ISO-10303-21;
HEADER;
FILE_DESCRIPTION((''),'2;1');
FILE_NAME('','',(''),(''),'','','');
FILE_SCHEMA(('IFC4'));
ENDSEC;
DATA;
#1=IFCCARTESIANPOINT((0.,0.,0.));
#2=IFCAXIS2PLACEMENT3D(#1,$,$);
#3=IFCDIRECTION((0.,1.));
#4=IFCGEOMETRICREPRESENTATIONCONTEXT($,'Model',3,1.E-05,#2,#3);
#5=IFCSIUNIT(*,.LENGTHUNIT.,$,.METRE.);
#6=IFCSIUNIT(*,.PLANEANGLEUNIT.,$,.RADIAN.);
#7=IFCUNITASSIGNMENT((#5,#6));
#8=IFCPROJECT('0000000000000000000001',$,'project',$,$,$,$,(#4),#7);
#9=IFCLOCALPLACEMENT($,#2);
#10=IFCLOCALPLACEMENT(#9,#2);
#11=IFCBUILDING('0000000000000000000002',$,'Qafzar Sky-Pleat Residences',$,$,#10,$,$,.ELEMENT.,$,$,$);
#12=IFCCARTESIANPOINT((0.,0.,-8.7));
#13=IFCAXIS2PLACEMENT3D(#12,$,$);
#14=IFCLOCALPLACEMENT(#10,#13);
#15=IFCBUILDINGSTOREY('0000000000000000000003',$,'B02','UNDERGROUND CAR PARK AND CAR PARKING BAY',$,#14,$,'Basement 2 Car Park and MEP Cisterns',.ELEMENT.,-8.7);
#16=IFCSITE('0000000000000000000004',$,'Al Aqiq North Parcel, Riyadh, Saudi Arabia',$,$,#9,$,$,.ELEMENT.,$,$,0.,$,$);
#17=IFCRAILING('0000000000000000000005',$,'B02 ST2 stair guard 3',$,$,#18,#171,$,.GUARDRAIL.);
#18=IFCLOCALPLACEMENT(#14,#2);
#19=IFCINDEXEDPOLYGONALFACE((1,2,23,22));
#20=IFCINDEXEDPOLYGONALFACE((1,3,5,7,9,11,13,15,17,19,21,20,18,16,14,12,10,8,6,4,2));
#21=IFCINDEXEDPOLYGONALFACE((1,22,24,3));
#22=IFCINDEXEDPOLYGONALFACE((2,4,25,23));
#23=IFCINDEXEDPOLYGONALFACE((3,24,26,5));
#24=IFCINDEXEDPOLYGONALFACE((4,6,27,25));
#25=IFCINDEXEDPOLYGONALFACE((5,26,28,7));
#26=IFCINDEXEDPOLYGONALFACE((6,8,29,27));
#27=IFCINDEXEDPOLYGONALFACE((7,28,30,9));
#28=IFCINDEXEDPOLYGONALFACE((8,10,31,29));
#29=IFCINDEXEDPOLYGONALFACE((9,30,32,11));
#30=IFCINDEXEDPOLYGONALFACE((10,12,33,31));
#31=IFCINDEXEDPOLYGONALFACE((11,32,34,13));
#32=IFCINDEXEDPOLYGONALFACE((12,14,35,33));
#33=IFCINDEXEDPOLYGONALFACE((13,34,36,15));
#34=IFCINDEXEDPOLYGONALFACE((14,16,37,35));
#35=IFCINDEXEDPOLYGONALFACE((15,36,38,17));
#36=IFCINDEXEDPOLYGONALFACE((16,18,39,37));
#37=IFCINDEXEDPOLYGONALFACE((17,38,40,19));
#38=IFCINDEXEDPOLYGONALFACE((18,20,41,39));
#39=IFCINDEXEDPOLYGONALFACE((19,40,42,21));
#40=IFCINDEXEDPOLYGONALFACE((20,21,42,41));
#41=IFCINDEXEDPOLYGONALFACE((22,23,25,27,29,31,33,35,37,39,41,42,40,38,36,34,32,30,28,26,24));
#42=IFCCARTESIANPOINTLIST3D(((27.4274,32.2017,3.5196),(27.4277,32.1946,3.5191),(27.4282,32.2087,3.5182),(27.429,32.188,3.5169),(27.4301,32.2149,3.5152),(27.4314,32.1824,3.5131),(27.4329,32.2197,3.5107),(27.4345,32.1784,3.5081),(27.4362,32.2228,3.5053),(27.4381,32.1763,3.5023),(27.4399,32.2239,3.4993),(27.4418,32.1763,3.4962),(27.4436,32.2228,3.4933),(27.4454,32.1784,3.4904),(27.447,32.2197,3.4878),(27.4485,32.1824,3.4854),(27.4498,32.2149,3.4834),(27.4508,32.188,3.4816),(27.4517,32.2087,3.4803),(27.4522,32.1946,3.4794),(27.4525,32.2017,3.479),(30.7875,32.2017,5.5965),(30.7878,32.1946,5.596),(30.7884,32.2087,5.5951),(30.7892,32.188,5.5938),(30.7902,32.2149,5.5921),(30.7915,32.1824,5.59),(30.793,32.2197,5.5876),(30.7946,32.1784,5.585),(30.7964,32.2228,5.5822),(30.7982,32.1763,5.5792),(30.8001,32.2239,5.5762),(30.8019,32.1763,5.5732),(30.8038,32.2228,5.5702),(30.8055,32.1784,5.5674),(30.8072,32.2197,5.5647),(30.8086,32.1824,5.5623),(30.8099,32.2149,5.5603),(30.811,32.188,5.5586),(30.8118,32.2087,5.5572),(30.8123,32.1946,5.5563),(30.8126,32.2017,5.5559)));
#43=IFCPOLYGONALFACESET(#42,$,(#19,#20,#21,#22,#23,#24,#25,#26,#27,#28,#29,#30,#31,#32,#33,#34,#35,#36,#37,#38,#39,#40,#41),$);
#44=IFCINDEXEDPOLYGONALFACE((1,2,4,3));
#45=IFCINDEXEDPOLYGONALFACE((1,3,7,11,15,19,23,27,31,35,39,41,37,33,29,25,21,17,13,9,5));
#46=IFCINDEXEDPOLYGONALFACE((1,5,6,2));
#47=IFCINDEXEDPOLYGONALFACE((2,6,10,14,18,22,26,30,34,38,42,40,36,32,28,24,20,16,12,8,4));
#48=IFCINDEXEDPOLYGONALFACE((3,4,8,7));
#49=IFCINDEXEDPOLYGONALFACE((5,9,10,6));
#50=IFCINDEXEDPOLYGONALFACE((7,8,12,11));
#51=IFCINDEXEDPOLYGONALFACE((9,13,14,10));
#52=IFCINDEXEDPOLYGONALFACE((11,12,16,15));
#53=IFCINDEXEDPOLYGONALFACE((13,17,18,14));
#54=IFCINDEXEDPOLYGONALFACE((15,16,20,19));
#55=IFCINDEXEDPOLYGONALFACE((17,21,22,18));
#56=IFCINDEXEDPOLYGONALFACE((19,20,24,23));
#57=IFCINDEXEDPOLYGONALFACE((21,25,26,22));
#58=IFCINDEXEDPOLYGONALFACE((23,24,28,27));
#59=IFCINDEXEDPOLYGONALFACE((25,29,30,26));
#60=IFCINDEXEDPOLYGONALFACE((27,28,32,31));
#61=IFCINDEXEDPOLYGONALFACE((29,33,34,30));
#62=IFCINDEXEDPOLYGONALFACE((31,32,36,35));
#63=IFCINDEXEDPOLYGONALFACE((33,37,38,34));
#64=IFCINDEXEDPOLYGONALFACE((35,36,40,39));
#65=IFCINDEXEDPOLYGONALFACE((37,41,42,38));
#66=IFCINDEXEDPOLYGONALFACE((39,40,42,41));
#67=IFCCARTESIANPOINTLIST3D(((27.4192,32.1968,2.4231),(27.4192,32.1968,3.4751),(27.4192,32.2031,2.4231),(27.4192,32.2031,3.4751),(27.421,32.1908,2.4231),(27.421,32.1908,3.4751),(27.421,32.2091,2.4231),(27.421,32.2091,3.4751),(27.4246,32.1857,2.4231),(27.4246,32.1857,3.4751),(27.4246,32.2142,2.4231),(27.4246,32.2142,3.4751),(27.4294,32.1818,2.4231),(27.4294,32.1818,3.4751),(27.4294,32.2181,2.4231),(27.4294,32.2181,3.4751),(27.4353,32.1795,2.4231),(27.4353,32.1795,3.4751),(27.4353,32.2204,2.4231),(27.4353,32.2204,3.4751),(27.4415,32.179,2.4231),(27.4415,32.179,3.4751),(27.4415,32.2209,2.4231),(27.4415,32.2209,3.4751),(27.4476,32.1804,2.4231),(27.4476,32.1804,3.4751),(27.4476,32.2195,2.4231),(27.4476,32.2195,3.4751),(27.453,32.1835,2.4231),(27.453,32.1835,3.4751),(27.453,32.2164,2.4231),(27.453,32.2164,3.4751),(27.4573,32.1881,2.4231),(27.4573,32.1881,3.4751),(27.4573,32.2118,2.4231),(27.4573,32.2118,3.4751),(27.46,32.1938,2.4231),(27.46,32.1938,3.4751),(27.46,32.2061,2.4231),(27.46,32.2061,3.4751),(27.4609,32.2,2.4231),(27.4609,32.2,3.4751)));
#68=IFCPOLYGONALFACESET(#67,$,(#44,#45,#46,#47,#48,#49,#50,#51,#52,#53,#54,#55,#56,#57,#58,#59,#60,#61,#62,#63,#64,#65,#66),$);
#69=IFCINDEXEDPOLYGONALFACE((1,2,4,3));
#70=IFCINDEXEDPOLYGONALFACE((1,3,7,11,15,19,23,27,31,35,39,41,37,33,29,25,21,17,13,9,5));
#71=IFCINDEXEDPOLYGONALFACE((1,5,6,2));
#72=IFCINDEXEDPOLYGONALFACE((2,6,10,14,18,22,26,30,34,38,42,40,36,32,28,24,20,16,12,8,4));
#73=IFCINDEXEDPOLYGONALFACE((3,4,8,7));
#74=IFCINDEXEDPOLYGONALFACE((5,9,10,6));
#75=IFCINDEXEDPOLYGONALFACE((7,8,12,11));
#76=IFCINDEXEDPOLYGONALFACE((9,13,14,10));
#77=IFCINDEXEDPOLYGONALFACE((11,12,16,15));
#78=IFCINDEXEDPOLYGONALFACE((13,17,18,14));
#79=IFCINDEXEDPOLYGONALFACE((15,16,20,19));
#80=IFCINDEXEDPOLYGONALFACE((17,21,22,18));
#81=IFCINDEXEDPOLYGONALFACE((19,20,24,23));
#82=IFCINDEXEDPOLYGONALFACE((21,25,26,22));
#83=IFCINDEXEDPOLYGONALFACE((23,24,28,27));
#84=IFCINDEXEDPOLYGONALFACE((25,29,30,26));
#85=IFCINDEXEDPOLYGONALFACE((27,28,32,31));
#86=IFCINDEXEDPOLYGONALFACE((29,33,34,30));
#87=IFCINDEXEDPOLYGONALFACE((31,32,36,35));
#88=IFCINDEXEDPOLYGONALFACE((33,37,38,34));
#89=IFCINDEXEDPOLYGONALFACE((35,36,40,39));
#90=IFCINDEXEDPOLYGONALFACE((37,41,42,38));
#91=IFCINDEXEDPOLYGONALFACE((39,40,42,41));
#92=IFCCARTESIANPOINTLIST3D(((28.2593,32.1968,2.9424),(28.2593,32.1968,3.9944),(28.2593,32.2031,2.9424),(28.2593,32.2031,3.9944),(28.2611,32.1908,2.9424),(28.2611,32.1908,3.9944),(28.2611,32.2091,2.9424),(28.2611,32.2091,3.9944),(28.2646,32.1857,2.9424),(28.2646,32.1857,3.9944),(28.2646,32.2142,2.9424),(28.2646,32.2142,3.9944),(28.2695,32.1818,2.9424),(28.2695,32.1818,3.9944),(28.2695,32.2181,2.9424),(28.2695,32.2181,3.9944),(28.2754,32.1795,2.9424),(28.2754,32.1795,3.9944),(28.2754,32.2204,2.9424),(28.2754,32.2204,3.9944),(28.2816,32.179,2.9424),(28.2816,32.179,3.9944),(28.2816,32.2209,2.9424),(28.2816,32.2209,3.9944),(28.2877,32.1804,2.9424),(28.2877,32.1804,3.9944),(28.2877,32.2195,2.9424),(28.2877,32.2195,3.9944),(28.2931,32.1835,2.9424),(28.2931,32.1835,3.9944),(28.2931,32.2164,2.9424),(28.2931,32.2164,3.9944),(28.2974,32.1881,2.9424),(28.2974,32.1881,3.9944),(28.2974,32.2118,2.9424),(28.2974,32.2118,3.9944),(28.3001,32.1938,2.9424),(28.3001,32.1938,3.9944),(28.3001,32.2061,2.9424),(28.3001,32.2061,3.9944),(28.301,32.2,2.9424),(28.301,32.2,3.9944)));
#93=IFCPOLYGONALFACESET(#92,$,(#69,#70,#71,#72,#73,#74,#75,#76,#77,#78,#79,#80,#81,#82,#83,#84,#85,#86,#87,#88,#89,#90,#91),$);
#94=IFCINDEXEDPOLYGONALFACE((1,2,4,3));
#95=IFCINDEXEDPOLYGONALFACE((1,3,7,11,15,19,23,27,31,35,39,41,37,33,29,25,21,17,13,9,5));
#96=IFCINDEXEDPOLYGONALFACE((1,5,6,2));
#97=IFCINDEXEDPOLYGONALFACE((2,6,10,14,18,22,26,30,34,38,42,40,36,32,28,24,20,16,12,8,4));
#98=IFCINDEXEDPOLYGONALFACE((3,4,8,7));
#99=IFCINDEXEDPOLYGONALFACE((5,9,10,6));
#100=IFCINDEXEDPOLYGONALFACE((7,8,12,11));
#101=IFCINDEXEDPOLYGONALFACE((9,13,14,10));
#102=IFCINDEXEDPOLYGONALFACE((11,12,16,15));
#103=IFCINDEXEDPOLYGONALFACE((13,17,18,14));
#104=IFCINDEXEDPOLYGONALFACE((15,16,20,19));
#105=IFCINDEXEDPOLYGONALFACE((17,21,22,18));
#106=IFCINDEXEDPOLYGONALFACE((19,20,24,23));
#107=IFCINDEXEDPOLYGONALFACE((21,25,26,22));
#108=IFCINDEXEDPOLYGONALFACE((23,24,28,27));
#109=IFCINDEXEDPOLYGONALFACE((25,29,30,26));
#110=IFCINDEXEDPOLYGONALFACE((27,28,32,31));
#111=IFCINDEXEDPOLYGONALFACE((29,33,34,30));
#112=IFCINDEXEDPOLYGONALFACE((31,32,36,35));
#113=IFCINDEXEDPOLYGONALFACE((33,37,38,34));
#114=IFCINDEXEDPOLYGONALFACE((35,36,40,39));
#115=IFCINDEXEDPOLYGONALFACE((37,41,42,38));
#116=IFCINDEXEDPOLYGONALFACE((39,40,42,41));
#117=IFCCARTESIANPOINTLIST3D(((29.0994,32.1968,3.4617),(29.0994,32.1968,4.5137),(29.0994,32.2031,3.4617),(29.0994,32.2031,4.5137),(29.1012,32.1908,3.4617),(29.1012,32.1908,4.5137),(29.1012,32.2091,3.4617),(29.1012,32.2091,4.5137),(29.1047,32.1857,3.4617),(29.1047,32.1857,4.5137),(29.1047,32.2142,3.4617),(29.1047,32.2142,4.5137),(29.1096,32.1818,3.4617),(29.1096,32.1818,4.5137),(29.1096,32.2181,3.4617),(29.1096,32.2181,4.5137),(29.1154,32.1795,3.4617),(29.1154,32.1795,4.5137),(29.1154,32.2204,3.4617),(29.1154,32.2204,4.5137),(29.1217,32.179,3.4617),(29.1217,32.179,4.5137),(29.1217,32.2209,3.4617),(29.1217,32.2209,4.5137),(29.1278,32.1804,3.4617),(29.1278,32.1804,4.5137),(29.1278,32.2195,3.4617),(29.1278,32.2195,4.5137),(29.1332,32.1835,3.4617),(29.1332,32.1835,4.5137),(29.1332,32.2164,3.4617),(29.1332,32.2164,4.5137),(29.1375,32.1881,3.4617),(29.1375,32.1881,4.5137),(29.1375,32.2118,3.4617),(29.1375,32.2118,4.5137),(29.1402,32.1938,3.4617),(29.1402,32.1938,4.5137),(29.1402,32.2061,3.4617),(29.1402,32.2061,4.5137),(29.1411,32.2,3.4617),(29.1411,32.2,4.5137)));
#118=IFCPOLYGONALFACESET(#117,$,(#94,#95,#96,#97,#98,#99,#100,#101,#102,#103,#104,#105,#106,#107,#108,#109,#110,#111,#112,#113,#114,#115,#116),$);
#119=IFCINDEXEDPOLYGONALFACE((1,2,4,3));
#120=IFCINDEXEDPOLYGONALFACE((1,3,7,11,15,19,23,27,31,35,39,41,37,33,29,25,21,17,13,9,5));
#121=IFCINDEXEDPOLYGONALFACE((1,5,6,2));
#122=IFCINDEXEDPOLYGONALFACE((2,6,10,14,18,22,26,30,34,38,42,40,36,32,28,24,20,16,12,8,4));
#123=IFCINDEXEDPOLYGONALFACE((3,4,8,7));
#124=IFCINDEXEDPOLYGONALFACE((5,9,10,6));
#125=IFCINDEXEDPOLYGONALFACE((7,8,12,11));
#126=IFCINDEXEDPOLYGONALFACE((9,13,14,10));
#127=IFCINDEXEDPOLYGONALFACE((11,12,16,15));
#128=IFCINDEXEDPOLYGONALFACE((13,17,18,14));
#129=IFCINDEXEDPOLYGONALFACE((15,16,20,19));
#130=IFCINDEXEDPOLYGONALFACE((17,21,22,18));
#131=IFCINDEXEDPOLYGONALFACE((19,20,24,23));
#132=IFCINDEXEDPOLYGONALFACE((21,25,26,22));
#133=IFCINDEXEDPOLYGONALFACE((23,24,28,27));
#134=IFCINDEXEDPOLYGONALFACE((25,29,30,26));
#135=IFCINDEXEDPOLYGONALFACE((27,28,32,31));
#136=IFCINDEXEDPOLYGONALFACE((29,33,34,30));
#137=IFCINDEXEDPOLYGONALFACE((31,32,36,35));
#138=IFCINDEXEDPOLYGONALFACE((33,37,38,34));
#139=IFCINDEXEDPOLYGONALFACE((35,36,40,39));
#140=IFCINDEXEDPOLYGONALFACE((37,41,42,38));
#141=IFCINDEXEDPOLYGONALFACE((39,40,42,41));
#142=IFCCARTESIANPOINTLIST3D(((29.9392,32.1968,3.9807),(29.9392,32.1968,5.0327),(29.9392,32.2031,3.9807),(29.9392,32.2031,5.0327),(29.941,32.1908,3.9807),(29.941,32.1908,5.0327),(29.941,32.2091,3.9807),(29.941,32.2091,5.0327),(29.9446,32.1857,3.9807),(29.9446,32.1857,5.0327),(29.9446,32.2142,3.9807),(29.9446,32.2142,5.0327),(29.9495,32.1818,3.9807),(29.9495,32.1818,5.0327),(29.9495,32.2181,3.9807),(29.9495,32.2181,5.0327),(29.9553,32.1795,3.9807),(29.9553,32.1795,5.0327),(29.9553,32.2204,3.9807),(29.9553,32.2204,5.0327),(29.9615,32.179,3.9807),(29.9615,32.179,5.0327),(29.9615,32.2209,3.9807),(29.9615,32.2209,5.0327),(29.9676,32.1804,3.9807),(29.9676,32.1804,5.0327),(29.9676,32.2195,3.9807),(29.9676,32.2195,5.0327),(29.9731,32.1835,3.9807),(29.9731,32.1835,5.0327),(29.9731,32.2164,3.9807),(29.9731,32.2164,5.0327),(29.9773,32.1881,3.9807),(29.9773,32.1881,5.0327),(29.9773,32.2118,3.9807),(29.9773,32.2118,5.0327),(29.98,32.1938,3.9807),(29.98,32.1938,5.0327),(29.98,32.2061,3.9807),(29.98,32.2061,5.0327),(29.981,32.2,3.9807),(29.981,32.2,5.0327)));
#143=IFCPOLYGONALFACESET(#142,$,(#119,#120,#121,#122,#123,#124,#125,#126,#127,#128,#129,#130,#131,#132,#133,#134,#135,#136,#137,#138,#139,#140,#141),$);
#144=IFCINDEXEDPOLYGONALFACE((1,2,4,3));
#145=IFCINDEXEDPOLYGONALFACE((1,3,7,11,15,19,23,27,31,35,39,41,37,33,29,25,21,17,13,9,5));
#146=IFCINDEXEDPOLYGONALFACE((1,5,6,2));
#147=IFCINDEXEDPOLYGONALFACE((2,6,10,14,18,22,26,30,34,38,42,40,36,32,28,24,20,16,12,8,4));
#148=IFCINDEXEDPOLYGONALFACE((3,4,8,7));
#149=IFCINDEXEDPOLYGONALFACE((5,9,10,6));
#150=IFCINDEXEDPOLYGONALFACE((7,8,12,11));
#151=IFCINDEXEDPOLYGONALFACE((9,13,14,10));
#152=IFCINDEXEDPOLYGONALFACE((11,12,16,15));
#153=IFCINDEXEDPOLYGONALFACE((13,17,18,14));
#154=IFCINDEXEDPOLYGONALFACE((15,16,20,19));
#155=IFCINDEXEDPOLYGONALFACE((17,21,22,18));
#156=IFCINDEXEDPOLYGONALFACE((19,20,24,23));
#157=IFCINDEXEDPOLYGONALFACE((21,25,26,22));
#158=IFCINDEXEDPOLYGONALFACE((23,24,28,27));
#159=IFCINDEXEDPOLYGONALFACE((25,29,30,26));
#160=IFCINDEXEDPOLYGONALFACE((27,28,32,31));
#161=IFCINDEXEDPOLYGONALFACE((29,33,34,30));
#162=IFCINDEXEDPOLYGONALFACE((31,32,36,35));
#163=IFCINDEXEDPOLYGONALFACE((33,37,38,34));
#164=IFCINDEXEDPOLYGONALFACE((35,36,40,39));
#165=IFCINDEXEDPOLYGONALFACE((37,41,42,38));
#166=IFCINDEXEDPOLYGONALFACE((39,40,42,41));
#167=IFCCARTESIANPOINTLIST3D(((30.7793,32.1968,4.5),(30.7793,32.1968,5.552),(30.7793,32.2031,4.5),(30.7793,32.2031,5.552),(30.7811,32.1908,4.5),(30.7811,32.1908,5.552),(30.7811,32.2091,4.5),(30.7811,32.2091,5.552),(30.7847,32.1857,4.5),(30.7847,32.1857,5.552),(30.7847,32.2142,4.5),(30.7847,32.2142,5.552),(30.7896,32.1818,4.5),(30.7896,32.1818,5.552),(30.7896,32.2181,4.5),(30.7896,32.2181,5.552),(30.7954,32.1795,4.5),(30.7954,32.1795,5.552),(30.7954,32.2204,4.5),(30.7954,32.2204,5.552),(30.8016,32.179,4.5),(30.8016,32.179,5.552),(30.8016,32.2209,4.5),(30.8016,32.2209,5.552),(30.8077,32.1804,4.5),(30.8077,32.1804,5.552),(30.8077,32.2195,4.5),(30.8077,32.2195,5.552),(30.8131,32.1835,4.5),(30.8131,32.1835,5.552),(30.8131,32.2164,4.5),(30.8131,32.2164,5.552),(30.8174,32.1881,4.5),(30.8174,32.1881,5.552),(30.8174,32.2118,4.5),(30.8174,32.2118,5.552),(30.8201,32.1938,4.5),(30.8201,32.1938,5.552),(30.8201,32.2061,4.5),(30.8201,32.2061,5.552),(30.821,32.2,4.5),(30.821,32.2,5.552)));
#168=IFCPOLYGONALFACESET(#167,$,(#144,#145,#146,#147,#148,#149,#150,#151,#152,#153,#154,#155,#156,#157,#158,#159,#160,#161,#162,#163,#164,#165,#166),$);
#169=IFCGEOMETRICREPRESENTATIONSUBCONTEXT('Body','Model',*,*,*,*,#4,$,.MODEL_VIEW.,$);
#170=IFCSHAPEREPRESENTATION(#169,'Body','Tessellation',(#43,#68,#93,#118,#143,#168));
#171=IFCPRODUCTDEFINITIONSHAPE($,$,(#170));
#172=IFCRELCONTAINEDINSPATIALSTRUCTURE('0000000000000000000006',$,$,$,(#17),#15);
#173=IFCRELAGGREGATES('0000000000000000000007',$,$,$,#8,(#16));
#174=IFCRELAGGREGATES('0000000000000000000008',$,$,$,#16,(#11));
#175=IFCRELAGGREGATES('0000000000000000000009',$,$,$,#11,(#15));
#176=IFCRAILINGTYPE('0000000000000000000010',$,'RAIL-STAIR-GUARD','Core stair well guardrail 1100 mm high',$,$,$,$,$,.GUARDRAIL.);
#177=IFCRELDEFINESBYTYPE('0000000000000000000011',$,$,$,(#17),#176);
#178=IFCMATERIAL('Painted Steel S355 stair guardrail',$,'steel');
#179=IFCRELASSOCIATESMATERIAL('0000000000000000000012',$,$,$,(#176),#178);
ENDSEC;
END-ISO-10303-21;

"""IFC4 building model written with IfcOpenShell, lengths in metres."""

from ifc_helpers import new_model, si_unit, direction, frame, origin, origin_2d, place, context, subcontext, project, spatial, circle, extrude, source, transform, mapped, material, type_object, element, save


model = new_model("IFC4")

# Units and contexts
model_context = context("Model", 3, precision=1e-05, world=origin(), true_north=direction((0.0, 1.0)))
body_context = subcontext(model_context, "Body", "Model", "MODEL_VIEW")
ifc_project = project(units=[si_unit("LENGTHUNIT", "METRE"), si_unit("PLANEANGLEUNIT", "RADIAN")], contexts=[model_context])

# Site, building, storey
site_placement = place(None, origin())
site = spatial("IfcSite", under=ifc_project, at=site_placement, Name="Al Aqiq North Parcel, Riyadh, Saudi Arabia", CompositionType="ELEMENT", RefElevation=0.0)
building_placement = place(site_placement, origin())
building = spatial("IfcBuilding", under=site, at=building_placement, Name="Qafzar Sky-Pleat Residences", CompositionType="ELEMENT")
storey_placement = place(building_placement, frame((0.0, 0.0, -8.7)))
storey = spatial("IfcBuildingStorey", under=building, at=storey_placement, Name="B02", Description="UNDERGROUND CAR PARK AND CAR PARKING BAY", LongName="Basement 2 Car Park and MEP Cisterns", CompositionType="ELEMENT", Elevation=-8.7)

# Railing
ifc_material_1 = material(Name="Painted Steel S355 stair guardrail", Category="steel")
railing_type_1 = type_object("IfcRailingType", Name="RAIL-STAIR-GUARD", Description="Core stair well guardrail 1100 mm high", PredefinedType="GUARDRAIL", material=ifc_material_1)
shared_shape_1 = source(origin(), body_context, "Body", "SweptSolid", [
    extrude(circle(Radius=0.0239, at=origin_2d()), frame((0.0, 0.0, 1.0762), z_axis=(0.850623, 0.0, 0.525776), x_axis=(0.0, 1.0, 0.0)), (0.0, 0.0, 1.0), 3.9502),
    extrude(circle(Radius=0.021, at=origin_2d()), origin(), (0.0, 0.0, 1.0), 1.052),
    extrude(circle(Radius=0.021, at=origin_2d()), frame((0.8401, 0.0, 0.5193)), (0.0, 0.0, 1.0), 1.052),
    extrude(circle(Radius=0.021, at=origin_2d()), frame((1.6802, 0.0, 1.0386)), (0.0, 0.0, 1.0), 1.052),
    extrude(circle(Radius=0.021, at=origin_2d()), frame((2.52, 0.0, 1.5576)), (0.0, 0.0, 1.0), 1.052),
    extrude(circle(Radius=0.021, at=origin_2d()), frame((3.3601, 0.0, 2.0769)), (0.0, 0.0, 1.0), 1.052),
])
railing_1_placement = place(storey_placement, frame((27.4399, 32.2, 2.4231)))
element("IfcRailing", 1, at=railing_1_placement, inside=storey, type_object=railing_type_1, Name="B02 ST2 stair guard 3", PredefinedType="GUARDRAIL", context=body_context, shape_type="MappedRepresentation", body=[
    mapped(shared_shape_1, transform((0.0, 0.0, 0.0), x_axis=(1.0, 0.0, 0.0), y_axis=(0.0, 1.0, 0.0), z_axis=(0.0, 0.0, 1.0), scale=1.0)),
])

save(model, "model.ifc")
